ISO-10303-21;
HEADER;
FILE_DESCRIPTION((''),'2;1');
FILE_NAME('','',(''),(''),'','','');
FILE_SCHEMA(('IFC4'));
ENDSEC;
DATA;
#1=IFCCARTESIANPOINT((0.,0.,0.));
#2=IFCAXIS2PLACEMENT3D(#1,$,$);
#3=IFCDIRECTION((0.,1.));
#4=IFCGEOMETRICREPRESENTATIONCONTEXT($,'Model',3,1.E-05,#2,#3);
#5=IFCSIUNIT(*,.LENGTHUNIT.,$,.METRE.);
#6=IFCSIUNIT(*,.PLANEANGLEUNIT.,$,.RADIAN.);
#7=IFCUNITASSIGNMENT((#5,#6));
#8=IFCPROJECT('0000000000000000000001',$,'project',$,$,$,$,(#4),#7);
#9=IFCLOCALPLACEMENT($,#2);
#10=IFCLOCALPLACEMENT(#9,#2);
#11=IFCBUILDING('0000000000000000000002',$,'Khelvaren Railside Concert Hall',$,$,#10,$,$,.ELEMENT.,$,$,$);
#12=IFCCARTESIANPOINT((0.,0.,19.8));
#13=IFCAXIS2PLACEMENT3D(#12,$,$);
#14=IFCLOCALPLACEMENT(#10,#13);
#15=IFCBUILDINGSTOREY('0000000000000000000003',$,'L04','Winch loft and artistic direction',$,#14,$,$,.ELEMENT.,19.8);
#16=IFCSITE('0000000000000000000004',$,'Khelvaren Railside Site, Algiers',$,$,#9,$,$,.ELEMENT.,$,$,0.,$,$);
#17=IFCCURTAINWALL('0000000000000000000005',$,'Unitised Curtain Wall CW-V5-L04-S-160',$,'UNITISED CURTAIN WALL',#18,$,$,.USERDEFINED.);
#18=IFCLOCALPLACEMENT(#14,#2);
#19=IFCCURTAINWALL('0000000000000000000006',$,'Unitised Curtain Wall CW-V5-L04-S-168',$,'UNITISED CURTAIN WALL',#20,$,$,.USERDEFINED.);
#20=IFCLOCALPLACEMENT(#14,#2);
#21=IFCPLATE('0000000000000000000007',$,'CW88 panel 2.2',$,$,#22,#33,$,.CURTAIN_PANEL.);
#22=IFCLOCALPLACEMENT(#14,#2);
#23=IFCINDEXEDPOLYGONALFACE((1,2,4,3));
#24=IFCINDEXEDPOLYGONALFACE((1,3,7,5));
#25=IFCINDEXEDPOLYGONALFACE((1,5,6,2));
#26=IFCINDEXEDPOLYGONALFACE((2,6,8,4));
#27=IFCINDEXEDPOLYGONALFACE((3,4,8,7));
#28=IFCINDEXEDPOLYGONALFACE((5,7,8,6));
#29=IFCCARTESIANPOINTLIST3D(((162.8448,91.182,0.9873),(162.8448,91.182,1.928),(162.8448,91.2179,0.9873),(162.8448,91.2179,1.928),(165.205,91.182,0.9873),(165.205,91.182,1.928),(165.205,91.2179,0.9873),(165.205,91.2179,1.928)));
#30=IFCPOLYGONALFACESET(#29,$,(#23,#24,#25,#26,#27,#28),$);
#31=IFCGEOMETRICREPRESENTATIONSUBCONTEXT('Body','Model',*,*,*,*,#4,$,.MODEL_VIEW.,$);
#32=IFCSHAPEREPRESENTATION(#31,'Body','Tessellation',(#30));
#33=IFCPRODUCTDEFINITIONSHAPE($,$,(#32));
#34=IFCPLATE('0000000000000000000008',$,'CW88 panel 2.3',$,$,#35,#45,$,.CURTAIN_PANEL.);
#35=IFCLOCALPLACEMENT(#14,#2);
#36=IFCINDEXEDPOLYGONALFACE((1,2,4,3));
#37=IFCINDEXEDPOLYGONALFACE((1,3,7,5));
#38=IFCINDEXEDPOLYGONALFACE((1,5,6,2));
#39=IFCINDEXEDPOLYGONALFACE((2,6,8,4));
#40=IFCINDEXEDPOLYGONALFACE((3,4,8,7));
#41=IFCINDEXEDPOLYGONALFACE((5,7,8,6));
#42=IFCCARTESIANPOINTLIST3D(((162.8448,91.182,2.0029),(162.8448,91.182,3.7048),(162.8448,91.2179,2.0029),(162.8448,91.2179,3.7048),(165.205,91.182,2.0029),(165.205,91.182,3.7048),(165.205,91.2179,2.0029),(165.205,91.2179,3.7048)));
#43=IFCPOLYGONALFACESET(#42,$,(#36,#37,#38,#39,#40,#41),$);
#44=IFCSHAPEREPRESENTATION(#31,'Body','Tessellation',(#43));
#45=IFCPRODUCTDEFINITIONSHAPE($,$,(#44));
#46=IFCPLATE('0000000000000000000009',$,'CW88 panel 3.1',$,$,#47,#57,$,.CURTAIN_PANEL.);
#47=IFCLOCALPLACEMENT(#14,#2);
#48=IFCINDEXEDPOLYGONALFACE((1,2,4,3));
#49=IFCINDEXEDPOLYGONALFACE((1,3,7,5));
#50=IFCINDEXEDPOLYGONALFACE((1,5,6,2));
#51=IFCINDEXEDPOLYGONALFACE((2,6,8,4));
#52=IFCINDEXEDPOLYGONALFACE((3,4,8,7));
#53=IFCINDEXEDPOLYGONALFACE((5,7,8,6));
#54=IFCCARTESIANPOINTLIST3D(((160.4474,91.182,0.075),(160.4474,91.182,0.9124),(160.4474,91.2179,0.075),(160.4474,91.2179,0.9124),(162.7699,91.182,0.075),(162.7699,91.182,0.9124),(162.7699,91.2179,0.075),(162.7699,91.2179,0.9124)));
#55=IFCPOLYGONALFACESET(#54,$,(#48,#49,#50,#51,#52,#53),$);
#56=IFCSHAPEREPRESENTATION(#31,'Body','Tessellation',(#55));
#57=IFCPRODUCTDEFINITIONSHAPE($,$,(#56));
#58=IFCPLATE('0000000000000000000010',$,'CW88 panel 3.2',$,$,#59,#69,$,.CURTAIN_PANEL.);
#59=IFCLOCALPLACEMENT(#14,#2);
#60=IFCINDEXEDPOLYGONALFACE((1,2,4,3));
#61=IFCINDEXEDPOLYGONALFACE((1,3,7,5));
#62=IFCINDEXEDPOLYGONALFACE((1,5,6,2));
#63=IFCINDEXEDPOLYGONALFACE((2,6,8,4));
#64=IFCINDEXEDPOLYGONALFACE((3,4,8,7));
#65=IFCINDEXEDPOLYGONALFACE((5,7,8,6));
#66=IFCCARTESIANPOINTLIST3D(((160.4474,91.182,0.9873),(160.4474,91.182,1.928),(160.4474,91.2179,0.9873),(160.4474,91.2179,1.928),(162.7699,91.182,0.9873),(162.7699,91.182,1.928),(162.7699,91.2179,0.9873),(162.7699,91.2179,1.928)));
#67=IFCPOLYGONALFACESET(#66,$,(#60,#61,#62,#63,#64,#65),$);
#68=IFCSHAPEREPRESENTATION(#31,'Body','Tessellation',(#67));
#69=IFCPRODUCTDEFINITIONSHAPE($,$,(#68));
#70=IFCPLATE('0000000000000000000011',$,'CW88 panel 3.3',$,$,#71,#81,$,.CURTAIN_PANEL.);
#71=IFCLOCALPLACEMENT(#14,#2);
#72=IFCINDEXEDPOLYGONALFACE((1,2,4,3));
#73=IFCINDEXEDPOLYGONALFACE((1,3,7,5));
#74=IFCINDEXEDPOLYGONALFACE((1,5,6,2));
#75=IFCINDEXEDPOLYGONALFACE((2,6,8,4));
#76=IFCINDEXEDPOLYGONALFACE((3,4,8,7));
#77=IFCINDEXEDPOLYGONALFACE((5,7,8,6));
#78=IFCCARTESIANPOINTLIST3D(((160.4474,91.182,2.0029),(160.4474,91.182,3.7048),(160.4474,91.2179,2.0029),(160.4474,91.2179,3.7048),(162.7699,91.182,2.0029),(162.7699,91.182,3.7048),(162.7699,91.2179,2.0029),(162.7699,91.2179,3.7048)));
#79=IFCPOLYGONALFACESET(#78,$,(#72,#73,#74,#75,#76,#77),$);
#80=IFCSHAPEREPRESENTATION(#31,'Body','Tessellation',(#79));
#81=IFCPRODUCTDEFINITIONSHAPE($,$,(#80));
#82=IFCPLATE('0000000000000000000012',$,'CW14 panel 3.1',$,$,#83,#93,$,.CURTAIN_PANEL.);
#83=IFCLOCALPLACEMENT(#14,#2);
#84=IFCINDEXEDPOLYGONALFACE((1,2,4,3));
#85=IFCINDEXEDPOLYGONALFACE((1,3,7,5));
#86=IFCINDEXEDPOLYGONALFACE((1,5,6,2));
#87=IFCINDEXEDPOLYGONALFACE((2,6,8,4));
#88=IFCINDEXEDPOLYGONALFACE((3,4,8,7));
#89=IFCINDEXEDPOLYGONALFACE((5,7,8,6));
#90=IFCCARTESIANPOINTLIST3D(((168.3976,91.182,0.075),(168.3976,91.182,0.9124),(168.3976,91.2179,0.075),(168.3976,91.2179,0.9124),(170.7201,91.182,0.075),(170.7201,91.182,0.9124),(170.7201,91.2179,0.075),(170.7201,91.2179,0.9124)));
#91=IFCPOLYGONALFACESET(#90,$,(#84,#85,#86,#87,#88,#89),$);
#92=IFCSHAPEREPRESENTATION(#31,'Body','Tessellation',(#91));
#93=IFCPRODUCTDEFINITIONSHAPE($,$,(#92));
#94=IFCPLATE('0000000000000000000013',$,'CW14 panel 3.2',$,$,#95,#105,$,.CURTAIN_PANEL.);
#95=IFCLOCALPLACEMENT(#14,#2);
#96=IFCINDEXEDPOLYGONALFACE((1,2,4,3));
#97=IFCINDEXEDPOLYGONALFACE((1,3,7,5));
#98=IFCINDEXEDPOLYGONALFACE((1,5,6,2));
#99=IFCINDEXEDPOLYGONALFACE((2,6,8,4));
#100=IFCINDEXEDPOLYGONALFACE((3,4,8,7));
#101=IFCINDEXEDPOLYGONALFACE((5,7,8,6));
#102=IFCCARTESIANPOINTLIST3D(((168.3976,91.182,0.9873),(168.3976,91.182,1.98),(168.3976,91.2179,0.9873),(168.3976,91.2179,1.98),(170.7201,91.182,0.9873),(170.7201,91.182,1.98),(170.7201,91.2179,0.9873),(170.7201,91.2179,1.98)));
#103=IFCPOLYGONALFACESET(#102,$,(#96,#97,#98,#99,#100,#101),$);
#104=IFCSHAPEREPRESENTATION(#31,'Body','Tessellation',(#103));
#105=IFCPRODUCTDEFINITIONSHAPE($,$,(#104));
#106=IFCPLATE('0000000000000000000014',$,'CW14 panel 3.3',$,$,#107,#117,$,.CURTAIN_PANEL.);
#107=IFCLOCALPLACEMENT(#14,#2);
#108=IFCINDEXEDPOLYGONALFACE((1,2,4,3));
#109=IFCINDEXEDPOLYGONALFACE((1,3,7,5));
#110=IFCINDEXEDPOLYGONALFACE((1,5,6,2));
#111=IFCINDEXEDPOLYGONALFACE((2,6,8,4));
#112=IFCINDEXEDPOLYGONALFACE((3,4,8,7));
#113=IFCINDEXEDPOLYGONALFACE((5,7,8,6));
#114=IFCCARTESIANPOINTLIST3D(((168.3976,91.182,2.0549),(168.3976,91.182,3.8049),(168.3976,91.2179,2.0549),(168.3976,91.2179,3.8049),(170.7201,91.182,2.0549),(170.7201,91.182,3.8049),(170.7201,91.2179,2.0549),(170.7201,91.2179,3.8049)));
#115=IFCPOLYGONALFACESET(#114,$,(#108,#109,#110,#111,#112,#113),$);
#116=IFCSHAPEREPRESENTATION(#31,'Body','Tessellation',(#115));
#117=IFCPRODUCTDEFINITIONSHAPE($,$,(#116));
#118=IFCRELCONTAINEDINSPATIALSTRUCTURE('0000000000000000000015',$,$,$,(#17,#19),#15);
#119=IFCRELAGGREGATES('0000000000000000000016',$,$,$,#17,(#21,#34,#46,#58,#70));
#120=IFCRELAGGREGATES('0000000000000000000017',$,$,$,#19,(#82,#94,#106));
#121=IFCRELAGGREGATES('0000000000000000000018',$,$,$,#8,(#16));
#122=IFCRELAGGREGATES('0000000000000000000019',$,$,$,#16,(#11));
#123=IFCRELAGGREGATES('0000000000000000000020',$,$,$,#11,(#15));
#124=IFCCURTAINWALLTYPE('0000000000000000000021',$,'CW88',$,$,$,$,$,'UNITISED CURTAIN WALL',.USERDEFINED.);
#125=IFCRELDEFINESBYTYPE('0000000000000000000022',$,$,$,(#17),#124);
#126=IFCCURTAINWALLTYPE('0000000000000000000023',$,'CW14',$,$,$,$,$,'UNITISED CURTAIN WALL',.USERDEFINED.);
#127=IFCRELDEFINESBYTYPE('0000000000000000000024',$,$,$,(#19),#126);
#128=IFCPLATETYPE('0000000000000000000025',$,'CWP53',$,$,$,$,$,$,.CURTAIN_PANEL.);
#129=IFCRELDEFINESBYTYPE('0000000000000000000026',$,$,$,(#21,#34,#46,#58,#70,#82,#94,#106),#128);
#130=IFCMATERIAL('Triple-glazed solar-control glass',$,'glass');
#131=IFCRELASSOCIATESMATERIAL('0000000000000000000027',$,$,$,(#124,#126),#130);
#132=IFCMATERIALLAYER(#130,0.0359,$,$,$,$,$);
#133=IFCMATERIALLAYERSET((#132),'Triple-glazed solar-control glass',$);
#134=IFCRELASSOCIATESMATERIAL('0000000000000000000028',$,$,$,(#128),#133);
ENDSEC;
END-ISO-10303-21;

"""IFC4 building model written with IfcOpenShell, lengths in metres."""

from ifc_helpers import new_model, si_unit, direction, frame, origin, origin_2d, place, context, subcontext, project, spatial, rectangle, extrude, material, layer, layer_set, type_object, element, aggregate, save


model = new_model("IFC4")

# Units and contexts
model_context = context("Model", 3, precision=1e-05, world=origin(), true_north=direction((0.0, 1.0)))
body_context = subcontext(model_context, "Body", "Model", "MODEL_VIEW")
ifc_project = project(units=[si_unit("LENGTHUNIT", "METRE"), si_unit("PLANEANGLEUNIT", "RADIAN")], contexts=[model_context])

# Site, building, storey
site_placement = place(None, origin())
site = spatial("IfcSite", under=ifc_project, at=site_placement, Name="Khelvaren Railside Site, Algiers", CompositionType="ELEMENT", RefElevation=0.0)
building_placement = place(site_placement, origin())
building = spatial("IfcBuilding", under=site, at=building_placement, Name="Khelvaren Railside Concert Hall", CompositionType="ELEMENT")
storey_placement = place(building_placement, frame((0.0, 0.0, 19.8)))
storey = spatial("IfcBuildingStorey", under=building, at=storey_placement, Name="L04", Description="Winch loft and artistic direction", CompositionType="ELEMENT", Elevation=19.8)

# Curtain wall
ifc_material_1 = material(Name="Triple-glazed solar-control glass", Category="glass")
curtain_wall_type_1 = type_object("IfcCurtainWallType", Name="CW88", ElementType="UNITISED CURTAIN WALL", PredefinedType="USERDEFINED", material=ifc_material_1)
curtain_wall_1_placement = place(storey_placement, origin())
curtain_wall_1 = element("IfcCurtainWall", 1, at=curtain_wall_1_placement, inside=storey, type_object=curtain_wall_type_1, Name="Unitised Curtain Wall CW-V5-L04-S-160", ObjectType="UNITISED CURTAIN WALL", PredefinedType="USERDEFINED")

# Curtain wall
curtain_wall_type_2 = type_object("IfcCurtainWallType", Name="CW14", ElementType="UNITISED CURTAIN WALL", PredefinedType="USERDEFINED", material=ifc_material_1)
curtain_wall_2_placement = place(storey_placement, origin())
curtain_wall_2 = element("IfcCurtainWall", 2, at=curtain_wall_2_placement, inside=storey, type_object=curtain_wall_type_2, Name="Unitised Curtain Wall CW-V5-L04-S-168", ObjectType="UNITISED CURTAIN WALL", PredefinedType="USERDEFINED")

# Plates
ifc_layer = layer(ifc_material_1, 0.0359)
ifc_layer_set = layer_set([ifc_layer], Name="Triple-glazed solar-control glass")
plate_type = type_object("IfcPlateType", Name="CWP53", PredefinedType="CURTAIN_PANEL", material=ifc_layer_set)
plate_1_placement = place(storey_placement, frame((164.0249, 91.2, 0.9873), z_axis=(0.0, 0.0, 1.0), x_axis=(-1.0, 0.0, 0.0)))
plate_1 = element("IfcPlate", 3, at=plate_1_placement, type_object=plate_type, Name="CW88 panel 2.2", PredefinedType="CURTAIN_PANEL", context=body_context, shape_type="SweptSolid", body=[
    extrude(rectangle(XDim=2.3601, YDim=0.0359, at=origin_2d()), origin(), (0.0, 0.0, 1.0), 0.9407),
])
plate_2_placement = place(storey_placement, frame((164.0249, 91.2, 2.0029), z_axis=(0.0, 0.0, 1.0), x_axis=(-1.0, 0.0, 0.0)))
plate_2 = element("IfcPlate", 4, at=plate_2_placement, type_object=plate_type, Name="CW88 panel 2.3", PredefinedType="CURTAIN_PANEL", context=body_context, shape_type="SweptSolid", body=[
    extrude(rectangle(XDim=2.3601, YDim=0.0359, at=origin_2d()), origin(), (0.0, 0.0, 1.0), 1.7019),
])
plate_3_placement = place(storey_placement, frame((161.6086, 91.2, 0.075), z_axis=(0.0, 0.0, 1.0), x_axis=(-1.0, 0.0, 0.0)))
plate_3 = element("IfcPlate", 5, at=plate_3_placement, type_object=plate_type, Name="CW88 panel 3.1", PredefinedType="CURTAIN_PANEL", context=body_context, shape_type="SweptSolid", body=[
    extrude(rectangle(XDim=2.3225, YDim=0.0359, at=origin_2d()), origin(), (0.0, 0.0, 1.0), 0.8374),
])
plate_4_placement = place(storey_placement, frame((161.6086, 91.2, 0.9873), z_axis=(0.0, 0.0, 1.0), x_axis=(-1.0, 0.0, 0.0)))
plate_4 = element("IfcPlate", 6, at=plate_4_placement, type_object=plate_type, Name="CW88 panel 3.2", PredefinedType="CURTAIN_PANEL", context=body_context, shape_type="SweptSolid", body=[
    extrude(rectangle(XDim=2.3225, YDim=0.0359, at=origin_2d()), origin(), (0.0, 0.0, 1.0), 0.9407),
])
plate_5_placement = place(storey_placement, frame((161.6086, 91.2, 2.0029), z_axis=(0.0, 0.0, 1.0), x_axis=(-1.0, 0.0, 0.0)))
plate_5 = element("IfcPlate", 7, at=plate_5_placement, type_object=plate_type, Name="CW88 panel 3.3", PredefinedType="CURTAIN_PANEL", context=body_context, shape_type="SweptSolid", body=[
    extrude(rectangle(XDim=2.3225, YDim=0.0359, at=origin_2d()), origin(), (0.0, 0.0, 1.0), 1.7019),
])
aggregate(curtain_wall_1, [plate_1, plate_2, plate_3, plate_4, plate_5])
plate_6_placement = place(storey_placement, frame((169.5588, 91.2, 0.075), z_axis=(0.0, 0.0, 1.0), x_axis=(-1.0, 0.0, 0.0)))
plate_6 = element("IfcPlate", 8, at=plate_6_placement, type_object=plate_type, Name="CW14 panel 3.1", PredefinedType="CURTAIN_PANEL", context=body_context, shape_type="SweptSolid", body=[
    extrude(rectangle(XDim=2.3225, YDim=0.0359, at=origin_2d()), origin(), (0.0, 0.0, 1.0), 0.8374),
])
plate_7_placement = place(storey_placement, frame((169.5588, 91.2, 0.9873), z_axis=(0.0, 0.0, 1.0), x_axis=(-1.0, 0.0, 0.0)))
plate_7 = element("IfcPlate", 9, at=plate_7_placement, type_object=plate_type, Name="CW14 panel 3.2", PredefinedType="CURTAIN_PANEL", context=body_context, shape_type="SweptSolid", body=[
    extrude(rectangle(XDim=2.3225, YDim=0.0359, at=origin_2d()), origin(), (0.0, 0.0, 1.0), 0.9927),
])
plate_8_placement = place(storey_placement, frame((169.5588, 91.2, 2.0549), z_axis=(0.0, 0.0, 1.0), x_axis=(-1.0, 0.0, 0.0)))
plate_8 = element("IfcPlate", 10, at=plate_8_placement, type_object=plate_type, Name="CW14 panel 3.3", PredefinedType="CURTAIN_PANEL", context=body_context, shape_type="SweptSolid", body=[
    extrude(rectangle(XDim=2.3225, YDim=0.0359, at=origin_2d()), origin(), (0.0, 0.0, 1.0), 1.75),
])
aggregate(curtain_wall_2, [plate_6, plate_7, plate_8])

save(model, "model.ifc")
